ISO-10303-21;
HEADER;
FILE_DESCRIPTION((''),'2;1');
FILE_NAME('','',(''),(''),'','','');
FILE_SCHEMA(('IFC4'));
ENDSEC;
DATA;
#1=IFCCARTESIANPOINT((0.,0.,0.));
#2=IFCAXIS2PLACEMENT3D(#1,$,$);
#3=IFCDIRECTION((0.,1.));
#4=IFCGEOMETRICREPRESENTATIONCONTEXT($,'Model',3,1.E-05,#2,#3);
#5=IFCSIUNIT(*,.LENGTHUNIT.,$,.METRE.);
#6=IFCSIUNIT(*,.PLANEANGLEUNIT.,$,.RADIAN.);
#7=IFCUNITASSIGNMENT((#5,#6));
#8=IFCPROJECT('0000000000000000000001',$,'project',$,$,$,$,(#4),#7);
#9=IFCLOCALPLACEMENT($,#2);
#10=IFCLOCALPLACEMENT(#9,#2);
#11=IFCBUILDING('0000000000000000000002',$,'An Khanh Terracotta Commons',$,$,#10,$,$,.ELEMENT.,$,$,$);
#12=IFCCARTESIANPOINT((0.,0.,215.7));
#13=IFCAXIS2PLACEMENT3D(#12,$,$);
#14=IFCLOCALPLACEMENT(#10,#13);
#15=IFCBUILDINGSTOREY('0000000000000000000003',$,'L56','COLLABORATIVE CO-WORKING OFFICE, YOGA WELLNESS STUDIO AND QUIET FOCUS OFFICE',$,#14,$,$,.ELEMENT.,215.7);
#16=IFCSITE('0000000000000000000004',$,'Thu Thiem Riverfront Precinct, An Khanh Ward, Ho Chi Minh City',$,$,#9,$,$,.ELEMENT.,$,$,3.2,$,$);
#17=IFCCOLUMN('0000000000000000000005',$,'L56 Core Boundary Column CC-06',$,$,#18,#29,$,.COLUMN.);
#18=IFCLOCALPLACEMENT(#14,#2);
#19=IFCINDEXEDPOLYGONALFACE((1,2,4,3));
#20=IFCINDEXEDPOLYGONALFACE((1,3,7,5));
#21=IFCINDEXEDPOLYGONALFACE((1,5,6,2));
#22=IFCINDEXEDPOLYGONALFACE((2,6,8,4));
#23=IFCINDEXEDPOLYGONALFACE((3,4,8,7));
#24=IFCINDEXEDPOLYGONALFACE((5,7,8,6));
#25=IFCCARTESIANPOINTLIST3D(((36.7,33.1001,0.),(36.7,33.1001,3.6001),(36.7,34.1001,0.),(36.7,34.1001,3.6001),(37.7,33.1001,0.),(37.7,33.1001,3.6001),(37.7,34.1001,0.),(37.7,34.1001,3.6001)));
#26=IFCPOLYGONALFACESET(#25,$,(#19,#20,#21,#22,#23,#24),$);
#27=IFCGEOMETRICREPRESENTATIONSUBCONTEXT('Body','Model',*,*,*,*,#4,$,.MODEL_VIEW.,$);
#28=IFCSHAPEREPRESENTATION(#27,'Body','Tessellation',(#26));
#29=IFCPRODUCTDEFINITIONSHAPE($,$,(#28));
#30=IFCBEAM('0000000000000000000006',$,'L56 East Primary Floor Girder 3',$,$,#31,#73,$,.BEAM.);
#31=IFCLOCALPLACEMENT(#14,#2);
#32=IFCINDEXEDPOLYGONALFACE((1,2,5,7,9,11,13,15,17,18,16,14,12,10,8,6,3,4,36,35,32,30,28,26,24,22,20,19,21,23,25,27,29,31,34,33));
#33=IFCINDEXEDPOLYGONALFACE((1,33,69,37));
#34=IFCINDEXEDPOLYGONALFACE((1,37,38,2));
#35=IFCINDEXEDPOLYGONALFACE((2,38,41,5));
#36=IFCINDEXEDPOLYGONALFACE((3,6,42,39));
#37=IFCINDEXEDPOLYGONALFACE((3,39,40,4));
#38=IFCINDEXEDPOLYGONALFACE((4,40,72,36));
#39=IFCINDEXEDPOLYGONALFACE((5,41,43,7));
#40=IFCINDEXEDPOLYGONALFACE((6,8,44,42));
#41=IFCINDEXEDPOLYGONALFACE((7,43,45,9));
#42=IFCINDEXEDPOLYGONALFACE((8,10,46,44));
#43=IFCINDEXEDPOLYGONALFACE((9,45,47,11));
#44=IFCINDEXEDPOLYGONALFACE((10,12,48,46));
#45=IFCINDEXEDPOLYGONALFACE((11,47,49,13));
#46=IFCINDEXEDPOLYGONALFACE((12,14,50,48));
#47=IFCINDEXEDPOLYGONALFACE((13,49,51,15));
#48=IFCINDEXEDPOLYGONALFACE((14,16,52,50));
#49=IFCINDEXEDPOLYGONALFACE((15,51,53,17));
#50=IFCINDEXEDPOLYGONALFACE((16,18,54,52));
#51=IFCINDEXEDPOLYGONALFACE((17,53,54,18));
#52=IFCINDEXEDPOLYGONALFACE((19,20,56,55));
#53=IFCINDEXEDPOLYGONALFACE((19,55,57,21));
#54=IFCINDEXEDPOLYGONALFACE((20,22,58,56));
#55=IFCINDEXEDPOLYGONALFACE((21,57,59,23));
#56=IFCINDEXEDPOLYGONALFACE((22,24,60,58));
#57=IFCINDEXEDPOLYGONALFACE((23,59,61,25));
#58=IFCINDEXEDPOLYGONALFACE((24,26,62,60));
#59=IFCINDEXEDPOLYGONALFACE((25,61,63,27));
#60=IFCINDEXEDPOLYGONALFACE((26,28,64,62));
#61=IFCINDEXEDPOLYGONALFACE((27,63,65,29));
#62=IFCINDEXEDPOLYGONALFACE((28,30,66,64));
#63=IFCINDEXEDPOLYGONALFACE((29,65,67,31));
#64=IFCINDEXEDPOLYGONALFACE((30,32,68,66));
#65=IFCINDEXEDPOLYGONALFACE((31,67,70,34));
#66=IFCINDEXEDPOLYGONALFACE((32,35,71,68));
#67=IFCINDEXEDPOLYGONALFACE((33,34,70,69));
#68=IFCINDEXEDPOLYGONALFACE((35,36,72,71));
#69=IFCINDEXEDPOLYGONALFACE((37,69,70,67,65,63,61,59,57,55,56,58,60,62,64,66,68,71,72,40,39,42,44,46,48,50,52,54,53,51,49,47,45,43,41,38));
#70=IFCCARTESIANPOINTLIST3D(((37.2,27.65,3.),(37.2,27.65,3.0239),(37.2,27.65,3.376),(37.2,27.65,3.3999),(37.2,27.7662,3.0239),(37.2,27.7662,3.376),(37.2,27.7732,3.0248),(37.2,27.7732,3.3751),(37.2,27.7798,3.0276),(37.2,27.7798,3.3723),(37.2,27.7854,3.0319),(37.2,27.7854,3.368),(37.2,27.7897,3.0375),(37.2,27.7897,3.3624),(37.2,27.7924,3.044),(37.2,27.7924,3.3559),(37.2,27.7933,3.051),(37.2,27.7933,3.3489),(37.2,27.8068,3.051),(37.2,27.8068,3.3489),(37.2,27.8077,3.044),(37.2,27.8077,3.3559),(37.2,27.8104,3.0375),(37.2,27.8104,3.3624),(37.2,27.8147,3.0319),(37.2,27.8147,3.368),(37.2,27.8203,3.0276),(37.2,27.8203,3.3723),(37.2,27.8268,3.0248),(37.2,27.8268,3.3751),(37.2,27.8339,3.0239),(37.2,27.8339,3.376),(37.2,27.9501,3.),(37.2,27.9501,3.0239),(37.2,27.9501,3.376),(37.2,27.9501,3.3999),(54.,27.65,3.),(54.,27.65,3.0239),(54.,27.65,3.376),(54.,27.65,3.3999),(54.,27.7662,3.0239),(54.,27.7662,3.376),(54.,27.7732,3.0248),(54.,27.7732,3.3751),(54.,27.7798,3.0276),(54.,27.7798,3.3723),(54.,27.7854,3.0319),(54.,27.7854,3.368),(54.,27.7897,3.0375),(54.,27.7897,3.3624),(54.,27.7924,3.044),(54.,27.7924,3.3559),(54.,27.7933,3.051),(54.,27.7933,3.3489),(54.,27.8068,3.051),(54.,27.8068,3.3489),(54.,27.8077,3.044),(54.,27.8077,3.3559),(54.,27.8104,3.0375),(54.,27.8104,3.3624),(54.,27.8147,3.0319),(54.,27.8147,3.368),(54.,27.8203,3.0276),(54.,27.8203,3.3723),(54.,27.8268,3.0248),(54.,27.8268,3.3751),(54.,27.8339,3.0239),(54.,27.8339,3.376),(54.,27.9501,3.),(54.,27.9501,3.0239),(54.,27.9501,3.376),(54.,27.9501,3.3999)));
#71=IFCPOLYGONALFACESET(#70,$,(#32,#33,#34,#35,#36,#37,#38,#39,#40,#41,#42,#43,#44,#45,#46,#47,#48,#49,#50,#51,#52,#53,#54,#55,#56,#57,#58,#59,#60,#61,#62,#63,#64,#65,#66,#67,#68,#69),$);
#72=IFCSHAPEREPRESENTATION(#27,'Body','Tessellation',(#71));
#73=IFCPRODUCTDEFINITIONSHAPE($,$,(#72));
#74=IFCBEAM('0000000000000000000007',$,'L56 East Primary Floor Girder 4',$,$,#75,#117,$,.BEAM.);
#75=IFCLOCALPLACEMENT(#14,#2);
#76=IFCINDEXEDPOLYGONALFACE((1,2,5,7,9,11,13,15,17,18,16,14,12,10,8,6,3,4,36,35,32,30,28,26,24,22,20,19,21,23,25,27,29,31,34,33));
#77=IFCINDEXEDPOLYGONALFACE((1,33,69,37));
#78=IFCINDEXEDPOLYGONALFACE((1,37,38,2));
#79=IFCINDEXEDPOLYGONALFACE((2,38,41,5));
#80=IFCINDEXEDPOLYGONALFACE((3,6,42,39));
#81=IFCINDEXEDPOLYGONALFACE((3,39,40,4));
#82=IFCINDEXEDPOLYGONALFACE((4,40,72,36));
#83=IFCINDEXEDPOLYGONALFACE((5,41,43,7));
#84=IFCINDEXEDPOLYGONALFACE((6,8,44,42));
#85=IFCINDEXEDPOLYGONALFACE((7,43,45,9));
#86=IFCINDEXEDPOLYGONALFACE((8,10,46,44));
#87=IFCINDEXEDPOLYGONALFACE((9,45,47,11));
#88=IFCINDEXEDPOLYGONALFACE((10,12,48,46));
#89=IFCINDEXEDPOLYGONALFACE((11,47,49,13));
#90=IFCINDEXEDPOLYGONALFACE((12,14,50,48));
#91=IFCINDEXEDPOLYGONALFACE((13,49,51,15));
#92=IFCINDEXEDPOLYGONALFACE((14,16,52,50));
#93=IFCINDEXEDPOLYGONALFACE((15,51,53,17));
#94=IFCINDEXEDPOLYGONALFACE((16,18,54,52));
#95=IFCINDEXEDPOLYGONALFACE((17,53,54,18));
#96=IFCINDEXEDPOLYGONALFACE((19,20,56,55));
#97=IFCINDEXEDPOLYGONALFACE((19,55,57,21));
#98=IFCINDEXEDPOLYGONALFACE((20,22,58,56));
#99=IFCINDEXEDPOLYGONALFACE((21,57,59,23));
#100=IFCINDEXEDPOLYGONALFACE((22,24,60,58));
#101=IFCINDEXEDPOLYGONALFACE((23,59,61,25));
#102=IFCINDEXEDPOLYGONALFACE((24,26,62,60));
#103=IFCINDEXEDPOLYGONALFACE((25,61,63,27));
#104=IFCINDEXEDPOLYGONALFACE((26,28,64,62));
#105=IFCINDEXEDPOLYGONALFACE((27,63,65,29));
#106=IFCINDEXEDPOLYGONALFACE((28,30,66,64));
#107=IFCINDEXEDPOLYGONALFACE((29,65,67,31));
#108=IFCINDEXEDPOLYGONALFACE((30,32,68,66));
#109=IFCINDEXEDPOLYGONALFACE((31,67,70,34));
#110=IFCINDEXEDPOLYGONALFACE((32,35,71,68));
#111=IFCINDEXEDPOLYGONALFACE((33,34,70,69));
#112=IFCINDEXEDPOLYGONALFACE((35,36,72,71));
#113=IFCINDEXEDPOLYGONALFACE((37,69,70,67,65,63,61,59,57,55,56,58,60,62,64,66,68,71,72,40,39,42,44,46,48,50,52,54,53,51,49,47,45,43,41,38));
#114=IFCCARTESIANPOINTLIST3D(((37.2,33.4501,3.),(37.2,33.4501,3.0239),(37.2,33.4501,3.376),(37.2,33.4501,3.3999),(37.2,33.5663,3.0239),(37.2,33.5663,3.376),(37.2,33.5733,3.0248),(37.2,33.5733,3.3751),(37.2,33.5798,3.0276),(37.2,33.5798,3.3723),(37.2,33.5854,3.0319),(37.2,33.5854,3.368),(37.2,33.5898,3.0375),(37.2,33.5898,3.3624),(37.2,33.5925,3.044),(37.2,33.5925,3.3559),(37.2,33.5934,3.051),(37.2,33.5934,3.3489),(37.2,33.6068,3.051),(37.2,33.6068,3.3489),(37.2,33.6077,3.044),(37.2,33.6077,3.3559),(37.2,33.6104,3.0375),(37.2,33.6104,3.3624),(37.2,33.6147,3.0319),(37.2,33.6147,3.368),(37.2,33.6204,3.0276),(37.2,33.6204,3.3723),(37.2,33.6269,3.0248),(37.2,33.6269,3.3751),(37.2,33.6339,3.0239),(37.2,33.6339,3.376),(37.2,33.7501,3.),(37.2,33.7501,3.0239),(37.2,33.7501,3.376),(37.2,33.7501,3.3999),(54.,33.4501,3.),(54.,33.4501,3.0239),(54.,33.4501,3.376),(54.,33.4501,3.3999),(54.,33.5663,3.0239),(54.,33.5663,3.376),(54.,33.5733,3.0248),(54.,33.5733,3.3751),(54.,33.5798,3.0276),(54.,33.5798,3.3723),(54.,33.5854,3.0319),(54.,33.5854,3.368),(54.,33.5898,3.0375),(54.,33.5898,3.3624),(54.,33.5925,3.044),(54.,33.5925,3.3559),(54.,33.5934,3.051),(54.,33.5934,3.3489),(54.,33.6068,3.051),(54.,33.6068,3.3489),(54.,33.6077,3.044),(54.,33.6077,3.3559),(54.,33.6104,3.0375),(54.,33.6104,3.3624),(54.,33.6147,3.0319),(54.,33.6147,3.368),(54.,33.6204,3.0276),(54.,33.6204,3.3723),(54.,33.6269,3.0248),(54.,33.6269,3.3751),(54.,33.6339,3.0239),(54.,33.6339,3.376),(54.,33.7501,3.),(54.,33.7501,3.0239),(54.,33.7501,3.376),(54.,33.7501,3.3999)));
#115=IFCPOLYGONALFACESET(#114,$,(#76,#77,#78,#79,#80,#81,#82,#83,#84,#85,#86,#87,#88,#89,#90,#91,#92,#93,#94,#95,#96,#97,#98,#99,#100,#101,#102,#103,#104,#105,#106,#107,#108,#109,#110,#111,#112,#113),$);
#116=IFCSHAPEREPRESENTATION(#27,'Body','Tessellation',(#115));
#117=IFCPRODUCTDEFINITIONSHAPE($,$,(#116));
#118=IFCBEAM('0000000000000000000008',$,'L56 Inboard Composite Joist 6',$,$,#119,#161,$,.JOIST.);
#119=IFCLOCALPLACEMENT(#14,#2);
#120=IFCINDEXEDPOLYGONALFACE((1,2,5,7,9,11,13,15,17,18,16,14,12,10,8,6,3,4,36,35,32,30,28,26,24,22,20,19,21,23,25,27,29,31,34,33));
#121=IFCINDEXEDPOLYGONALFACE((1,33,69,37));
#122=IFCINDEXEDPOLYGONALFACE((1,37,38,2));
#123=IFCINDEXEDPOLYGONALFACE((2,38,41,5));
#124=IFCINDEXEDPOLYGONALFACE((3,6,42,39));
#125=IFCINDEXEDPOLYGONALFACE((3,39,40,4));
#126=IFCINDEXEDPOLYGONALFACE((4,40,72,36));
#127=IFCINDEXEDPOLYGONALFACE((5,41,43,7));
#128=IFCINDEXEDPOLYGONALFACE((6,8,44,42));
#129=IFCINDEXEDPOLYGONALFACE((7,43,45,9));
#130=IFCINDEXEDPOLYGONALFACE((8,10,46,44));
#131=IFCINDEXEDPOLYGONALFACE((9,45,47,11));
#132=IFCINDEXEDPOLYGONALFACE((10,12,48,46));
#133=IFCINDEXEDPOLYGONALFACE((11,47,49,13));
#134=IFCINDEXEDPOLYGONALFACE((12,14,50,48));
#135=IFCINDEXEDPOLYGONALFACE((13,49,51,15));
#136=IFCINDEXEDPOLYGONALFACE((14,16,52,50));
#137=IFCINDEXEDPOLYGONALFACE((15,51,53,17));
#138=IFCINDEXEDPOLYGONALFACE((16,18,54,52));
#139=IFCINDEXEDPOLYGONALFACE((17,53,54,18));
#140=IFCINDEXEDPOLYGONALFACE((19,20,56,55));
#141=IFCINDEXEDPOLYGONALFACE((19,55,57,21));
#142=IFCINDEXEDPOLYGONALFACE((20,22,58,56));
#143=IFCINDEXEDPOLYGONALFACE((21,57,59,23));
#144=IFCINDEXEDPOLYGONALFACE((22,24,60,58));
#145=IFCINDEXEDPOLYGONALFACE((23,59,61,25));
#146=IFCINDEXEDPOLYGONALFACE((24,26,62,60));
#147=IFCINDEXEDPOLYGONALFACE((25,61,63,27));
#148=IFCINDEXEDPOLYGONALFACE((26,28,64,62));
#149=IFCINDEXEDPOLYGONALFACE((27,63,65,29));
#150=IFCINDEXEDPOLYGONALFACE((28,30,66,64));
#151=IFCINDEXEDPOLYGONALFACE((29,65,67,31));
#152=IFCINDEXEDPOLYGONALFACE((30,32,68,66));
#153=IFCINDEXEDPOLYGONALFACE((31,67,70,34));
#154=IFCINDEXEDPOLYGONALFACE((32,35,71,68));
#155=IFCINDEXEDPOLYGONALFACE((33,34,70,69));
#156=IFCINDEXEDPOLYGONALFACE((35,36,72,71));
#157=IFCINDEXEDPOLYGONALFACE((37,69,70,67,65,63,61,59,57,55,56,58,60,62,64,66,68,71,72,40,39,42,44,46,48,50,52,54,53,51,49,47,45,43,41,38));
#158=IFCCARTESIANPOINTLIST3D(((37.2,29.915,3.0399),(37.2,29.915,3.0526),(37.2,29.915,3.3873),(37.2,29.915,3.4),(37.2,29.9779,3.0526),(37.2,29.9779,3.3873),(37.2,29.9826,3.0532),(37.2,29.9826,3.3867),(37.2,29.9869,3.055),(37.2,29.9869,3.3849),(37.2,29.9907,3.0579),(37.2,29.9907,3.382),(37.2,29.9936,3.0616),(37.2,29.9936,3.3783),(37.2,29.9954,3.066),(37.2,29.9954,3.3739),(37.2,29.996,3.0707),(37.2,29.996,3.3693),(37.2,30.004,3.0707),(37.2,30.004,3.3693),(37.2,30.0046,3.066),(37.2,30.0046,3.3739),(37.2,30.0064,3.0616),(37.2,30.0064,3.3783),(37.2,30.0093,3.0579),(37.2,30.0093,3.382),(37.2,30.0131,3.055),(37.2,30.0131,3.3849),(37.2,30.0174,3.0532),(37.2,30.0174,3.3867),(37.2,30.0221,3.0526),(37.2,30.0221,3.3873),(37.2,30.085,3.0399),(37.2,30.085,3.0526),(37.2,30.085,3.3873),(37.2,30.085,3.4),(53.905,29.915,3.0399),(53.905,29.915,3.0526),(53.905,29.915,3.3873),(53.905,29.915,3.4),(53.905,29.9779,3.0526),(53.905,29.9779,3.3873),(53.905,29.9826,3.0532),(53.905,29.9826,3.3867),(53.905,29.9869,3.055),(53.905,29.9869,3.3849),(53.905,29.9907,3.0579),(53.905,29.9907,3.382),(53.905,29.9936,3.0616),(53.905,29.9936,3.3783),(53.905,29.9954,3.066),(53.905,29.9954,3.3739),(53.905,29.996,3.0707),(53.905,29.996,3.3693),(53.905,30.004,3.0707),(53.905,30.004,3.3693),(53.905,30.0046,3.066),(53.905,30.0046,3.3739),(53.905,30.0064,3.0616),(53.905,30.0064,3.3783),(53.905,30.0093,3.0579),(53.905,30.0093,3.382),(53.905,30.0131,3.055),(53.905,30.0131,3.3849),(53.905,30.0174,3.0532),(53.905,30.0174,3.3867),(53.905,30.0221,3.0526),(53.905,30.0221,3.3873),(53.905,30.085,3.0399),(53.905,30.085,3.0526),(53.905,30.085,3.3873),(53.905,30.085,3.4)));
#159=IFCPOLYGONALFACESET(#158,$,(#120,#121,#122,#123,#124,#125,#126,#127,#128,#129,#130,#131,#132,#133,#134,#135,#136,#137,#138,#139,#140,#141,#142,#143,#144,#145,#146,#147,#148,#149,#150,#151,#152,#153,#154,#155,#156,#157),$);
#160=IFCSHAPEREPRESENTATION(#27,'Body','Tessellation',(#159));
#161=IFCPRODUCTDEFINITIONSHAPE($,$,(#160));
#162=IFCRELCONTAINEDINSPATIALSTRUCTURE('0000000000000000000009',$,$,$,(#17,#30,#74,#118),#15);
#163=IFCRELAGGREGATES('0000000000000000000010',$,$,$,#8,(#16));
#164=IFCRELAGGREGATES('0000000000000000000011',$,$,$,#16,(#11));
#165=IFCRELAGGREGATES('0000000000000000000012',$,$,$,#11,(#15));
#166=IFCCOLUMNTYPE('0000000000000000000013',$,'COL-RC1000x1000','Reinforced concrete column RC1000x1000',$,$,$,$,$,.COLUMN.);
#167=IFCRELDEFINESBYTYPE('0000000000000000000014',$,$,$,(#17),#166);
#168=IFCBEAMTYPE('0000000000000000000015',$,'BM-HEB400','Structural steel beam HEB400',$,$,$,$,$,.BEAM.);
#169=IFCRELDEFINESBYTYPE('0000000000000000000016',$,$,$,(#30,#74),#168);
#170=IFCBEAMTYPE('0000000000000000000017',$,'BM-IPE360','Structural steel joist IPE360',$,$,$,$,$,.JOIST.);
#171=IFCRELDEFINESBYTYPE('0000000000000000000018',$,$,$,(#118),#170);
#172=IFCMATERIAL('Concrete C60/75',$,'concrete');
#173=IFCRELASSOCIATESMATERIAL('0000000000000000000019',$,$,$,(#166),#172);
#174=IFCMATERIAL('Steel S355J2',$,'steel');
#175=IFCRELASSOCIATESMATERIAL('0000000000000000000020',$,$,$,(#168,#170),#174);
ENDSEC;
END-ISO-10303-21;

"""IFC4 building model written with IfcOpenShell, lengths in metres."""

from ifc_helpers import new_model, si_unit, direction, frame, origin, origin_2d, place, context, subcontext, project, spatial, rectangle, i_section, extrude, material, material_profile, profile_set, type_object, element, save


model = new_model("IFC4")

# Units and contexts
model_context = context("Model", 3, precision=1e-05, world=origin(), true_north=direction((0.0, 1.0)))
body_context = subcontext(model_context, "Body", "Model", "MODEL_VIEW")
ifc_project = project(units=[si_unit("LENGTHUNIT", "METRE"), si_unit("PLANEANGLEUNIT", "RADIAN")], contexts=[model_context])

# Site, building, storey
site_placement = place(None, origin())
site = spatial("IfcSite", under=ifc_project, at=site_placement, Name="Thu Thiem Riverfront Precinct, An Khanh Ward, Ho Chi Minh City", CompositionType="ELEMENT", RefElevation=3.2)
building_placement = place(site_placement, origin())
building = spatial("IfcBuilding", under=site, at=building_placement, Name="An Khanh Terracotta Commons", CompositionType="ELEMENT")
storey_placement = place(building_placement, frame((0.0, 0.0, 215.7)))
storey = spatial("IfcBuildingStorey", under=building, at=storey_placement, Name="L56", Description="COLLABORATIVE CO-WORKING OFFICE, YOGA WELLNESS STUDIO AND QUIET FOCUS OFFICE", CompositionType="ELEMENT", Elevation=215.7)

# Column
ifc_material_1 = material(Name="Concrete C60/75", Category="concrete")
ifc_material_profile_1 = material_profile(ifc_material_1, rectangle(XDim=1.0, YDim=1.0, at=origin_2d()), Name="RC1000x1000")
ifc_profile_set_1 = profile_set([ifc_material_profile_1], Name="Concrete C60/75")
column_type = type_object("IfcColumnType", Name="COL-RC1000x1000", Description="Reinforced concrete column RC1000x1000", PredefinedType="COLUMN", material=ifc_profile_set_1)
column_placement = place(storey_placement, frame((37.2, 33.6001, 0.0), z_axis=(0.0, 0.0, 1.0), x_axis=(1.0, 0.0, 0.0)))
element("IfcColumn", 1, at=column_placement, inside=storey, type_object=column_type, Name="L56 Core Boundary Column CC-06", PredefinedType="COLUMN", context=body_context, shape_type="SweptSolid", body=[
    extrude(rectangle(XDim=1.0, YDim=1.0, at=origin_2d()), origin(), (0.0, 0.0, 1.0), 3.6001),
])

# Beams
ifc_material_2 = material(Name="Steel S355J2", Category="steel")
ifc_material_profile_2 = material_profile(ifc_material_2, i_section(OverallWidth=0.3, OverallDepth=0.3999, WebThickness=0.0134, FlangeThickness=0.0239, FilletRadius=0.0271, at=origin_2d()), Name="HEB400")
ifc_profile_set_2 = profile_set([ifc_material_profile_2], Name="Steel S355J2")
beam_type_1 = type_object("IfcBeamType", Name="BM-HEB400", Description="Structural steel beam HEB400", PredefinedType="BEAM", material=ifc_profile_set_2)
for number, where, z_axis, x_axis, name in (
    (2, (37.2, 27.8, 3.2), (1.0, 0.0, 0.0), (0.0, 1.0, 0.0), "L56 East Primary Floor Girder 3"),
    (3, (37.2, 33.6001, 3.2), (1.0, 0.0, 0.0), (0.0, 1.0, 0.0), "L56 East Primary Floor Girder 4"),
):
    element("IfcBeam", number, at=place(storey_placement, frame(where, z_axis=z_axis, x_axis=x_axis)), inside=storey, type_object=beam_type_1, Name=name, PredefinedType="BEAM", context=body_context, shape_type="SweptSolid", body=[
        extrude(i_section(OverallWidth=0.3, OverallDepth=0.3999, WebThickness=0.0134, FlangeThickness=0.0239, FilletRadius=0.0271, at=origin_2d()), origin(), (0.0, 0.0, 1.0), 16.8),
    ])
ifc_material_profile_3 = material_profile(ifc_material_2, i_section(OverallWidth=0.1699, OverallDepth=0.3601, WebThickness=0.0081, FlangeThickness=0.0127, FilletRadius=0.0181, at=origin_2d()), Name="IPE360")
ifc_profile_set_3 = profile_set([ifc_material_profile_3], Name="Steel S355J2")
beam_type_2 = type_object("IfcBeamType", Name="BM-IPE360", Description="Structural steel joist IPE360", PredefinedType="JOIST", material=ifc_profile_set_3)
for number, where, z_axis, x_axis, name in (
    (4, (37.2, 30.0, 3.22), (1.0, 0.0, 0.0), (0.0, 1.0, 0.0), "L56 Inboard Composite Joist 6"),
):
    element("IfcBeam", number, at=place(storey_placement, frame(where, z_axis=z_axis, x_axis=x_axis)), inside=storey, type_object=beam_type_2, Name=name, PredefinedType="JOIST", context=body_context, shape_type="SweptSolid", body=[
        extrude(i_section(OverallWidth=0.1699, OverallDepth=0.3601, WebThickness=0.0081, FlangeThickness=0.0127, FilletRadius=0.0181, at=origin_2d()), origin(), (0.0, 0.0, 1.0), 16.7051),
    ])

save(model, "model.ifc")
